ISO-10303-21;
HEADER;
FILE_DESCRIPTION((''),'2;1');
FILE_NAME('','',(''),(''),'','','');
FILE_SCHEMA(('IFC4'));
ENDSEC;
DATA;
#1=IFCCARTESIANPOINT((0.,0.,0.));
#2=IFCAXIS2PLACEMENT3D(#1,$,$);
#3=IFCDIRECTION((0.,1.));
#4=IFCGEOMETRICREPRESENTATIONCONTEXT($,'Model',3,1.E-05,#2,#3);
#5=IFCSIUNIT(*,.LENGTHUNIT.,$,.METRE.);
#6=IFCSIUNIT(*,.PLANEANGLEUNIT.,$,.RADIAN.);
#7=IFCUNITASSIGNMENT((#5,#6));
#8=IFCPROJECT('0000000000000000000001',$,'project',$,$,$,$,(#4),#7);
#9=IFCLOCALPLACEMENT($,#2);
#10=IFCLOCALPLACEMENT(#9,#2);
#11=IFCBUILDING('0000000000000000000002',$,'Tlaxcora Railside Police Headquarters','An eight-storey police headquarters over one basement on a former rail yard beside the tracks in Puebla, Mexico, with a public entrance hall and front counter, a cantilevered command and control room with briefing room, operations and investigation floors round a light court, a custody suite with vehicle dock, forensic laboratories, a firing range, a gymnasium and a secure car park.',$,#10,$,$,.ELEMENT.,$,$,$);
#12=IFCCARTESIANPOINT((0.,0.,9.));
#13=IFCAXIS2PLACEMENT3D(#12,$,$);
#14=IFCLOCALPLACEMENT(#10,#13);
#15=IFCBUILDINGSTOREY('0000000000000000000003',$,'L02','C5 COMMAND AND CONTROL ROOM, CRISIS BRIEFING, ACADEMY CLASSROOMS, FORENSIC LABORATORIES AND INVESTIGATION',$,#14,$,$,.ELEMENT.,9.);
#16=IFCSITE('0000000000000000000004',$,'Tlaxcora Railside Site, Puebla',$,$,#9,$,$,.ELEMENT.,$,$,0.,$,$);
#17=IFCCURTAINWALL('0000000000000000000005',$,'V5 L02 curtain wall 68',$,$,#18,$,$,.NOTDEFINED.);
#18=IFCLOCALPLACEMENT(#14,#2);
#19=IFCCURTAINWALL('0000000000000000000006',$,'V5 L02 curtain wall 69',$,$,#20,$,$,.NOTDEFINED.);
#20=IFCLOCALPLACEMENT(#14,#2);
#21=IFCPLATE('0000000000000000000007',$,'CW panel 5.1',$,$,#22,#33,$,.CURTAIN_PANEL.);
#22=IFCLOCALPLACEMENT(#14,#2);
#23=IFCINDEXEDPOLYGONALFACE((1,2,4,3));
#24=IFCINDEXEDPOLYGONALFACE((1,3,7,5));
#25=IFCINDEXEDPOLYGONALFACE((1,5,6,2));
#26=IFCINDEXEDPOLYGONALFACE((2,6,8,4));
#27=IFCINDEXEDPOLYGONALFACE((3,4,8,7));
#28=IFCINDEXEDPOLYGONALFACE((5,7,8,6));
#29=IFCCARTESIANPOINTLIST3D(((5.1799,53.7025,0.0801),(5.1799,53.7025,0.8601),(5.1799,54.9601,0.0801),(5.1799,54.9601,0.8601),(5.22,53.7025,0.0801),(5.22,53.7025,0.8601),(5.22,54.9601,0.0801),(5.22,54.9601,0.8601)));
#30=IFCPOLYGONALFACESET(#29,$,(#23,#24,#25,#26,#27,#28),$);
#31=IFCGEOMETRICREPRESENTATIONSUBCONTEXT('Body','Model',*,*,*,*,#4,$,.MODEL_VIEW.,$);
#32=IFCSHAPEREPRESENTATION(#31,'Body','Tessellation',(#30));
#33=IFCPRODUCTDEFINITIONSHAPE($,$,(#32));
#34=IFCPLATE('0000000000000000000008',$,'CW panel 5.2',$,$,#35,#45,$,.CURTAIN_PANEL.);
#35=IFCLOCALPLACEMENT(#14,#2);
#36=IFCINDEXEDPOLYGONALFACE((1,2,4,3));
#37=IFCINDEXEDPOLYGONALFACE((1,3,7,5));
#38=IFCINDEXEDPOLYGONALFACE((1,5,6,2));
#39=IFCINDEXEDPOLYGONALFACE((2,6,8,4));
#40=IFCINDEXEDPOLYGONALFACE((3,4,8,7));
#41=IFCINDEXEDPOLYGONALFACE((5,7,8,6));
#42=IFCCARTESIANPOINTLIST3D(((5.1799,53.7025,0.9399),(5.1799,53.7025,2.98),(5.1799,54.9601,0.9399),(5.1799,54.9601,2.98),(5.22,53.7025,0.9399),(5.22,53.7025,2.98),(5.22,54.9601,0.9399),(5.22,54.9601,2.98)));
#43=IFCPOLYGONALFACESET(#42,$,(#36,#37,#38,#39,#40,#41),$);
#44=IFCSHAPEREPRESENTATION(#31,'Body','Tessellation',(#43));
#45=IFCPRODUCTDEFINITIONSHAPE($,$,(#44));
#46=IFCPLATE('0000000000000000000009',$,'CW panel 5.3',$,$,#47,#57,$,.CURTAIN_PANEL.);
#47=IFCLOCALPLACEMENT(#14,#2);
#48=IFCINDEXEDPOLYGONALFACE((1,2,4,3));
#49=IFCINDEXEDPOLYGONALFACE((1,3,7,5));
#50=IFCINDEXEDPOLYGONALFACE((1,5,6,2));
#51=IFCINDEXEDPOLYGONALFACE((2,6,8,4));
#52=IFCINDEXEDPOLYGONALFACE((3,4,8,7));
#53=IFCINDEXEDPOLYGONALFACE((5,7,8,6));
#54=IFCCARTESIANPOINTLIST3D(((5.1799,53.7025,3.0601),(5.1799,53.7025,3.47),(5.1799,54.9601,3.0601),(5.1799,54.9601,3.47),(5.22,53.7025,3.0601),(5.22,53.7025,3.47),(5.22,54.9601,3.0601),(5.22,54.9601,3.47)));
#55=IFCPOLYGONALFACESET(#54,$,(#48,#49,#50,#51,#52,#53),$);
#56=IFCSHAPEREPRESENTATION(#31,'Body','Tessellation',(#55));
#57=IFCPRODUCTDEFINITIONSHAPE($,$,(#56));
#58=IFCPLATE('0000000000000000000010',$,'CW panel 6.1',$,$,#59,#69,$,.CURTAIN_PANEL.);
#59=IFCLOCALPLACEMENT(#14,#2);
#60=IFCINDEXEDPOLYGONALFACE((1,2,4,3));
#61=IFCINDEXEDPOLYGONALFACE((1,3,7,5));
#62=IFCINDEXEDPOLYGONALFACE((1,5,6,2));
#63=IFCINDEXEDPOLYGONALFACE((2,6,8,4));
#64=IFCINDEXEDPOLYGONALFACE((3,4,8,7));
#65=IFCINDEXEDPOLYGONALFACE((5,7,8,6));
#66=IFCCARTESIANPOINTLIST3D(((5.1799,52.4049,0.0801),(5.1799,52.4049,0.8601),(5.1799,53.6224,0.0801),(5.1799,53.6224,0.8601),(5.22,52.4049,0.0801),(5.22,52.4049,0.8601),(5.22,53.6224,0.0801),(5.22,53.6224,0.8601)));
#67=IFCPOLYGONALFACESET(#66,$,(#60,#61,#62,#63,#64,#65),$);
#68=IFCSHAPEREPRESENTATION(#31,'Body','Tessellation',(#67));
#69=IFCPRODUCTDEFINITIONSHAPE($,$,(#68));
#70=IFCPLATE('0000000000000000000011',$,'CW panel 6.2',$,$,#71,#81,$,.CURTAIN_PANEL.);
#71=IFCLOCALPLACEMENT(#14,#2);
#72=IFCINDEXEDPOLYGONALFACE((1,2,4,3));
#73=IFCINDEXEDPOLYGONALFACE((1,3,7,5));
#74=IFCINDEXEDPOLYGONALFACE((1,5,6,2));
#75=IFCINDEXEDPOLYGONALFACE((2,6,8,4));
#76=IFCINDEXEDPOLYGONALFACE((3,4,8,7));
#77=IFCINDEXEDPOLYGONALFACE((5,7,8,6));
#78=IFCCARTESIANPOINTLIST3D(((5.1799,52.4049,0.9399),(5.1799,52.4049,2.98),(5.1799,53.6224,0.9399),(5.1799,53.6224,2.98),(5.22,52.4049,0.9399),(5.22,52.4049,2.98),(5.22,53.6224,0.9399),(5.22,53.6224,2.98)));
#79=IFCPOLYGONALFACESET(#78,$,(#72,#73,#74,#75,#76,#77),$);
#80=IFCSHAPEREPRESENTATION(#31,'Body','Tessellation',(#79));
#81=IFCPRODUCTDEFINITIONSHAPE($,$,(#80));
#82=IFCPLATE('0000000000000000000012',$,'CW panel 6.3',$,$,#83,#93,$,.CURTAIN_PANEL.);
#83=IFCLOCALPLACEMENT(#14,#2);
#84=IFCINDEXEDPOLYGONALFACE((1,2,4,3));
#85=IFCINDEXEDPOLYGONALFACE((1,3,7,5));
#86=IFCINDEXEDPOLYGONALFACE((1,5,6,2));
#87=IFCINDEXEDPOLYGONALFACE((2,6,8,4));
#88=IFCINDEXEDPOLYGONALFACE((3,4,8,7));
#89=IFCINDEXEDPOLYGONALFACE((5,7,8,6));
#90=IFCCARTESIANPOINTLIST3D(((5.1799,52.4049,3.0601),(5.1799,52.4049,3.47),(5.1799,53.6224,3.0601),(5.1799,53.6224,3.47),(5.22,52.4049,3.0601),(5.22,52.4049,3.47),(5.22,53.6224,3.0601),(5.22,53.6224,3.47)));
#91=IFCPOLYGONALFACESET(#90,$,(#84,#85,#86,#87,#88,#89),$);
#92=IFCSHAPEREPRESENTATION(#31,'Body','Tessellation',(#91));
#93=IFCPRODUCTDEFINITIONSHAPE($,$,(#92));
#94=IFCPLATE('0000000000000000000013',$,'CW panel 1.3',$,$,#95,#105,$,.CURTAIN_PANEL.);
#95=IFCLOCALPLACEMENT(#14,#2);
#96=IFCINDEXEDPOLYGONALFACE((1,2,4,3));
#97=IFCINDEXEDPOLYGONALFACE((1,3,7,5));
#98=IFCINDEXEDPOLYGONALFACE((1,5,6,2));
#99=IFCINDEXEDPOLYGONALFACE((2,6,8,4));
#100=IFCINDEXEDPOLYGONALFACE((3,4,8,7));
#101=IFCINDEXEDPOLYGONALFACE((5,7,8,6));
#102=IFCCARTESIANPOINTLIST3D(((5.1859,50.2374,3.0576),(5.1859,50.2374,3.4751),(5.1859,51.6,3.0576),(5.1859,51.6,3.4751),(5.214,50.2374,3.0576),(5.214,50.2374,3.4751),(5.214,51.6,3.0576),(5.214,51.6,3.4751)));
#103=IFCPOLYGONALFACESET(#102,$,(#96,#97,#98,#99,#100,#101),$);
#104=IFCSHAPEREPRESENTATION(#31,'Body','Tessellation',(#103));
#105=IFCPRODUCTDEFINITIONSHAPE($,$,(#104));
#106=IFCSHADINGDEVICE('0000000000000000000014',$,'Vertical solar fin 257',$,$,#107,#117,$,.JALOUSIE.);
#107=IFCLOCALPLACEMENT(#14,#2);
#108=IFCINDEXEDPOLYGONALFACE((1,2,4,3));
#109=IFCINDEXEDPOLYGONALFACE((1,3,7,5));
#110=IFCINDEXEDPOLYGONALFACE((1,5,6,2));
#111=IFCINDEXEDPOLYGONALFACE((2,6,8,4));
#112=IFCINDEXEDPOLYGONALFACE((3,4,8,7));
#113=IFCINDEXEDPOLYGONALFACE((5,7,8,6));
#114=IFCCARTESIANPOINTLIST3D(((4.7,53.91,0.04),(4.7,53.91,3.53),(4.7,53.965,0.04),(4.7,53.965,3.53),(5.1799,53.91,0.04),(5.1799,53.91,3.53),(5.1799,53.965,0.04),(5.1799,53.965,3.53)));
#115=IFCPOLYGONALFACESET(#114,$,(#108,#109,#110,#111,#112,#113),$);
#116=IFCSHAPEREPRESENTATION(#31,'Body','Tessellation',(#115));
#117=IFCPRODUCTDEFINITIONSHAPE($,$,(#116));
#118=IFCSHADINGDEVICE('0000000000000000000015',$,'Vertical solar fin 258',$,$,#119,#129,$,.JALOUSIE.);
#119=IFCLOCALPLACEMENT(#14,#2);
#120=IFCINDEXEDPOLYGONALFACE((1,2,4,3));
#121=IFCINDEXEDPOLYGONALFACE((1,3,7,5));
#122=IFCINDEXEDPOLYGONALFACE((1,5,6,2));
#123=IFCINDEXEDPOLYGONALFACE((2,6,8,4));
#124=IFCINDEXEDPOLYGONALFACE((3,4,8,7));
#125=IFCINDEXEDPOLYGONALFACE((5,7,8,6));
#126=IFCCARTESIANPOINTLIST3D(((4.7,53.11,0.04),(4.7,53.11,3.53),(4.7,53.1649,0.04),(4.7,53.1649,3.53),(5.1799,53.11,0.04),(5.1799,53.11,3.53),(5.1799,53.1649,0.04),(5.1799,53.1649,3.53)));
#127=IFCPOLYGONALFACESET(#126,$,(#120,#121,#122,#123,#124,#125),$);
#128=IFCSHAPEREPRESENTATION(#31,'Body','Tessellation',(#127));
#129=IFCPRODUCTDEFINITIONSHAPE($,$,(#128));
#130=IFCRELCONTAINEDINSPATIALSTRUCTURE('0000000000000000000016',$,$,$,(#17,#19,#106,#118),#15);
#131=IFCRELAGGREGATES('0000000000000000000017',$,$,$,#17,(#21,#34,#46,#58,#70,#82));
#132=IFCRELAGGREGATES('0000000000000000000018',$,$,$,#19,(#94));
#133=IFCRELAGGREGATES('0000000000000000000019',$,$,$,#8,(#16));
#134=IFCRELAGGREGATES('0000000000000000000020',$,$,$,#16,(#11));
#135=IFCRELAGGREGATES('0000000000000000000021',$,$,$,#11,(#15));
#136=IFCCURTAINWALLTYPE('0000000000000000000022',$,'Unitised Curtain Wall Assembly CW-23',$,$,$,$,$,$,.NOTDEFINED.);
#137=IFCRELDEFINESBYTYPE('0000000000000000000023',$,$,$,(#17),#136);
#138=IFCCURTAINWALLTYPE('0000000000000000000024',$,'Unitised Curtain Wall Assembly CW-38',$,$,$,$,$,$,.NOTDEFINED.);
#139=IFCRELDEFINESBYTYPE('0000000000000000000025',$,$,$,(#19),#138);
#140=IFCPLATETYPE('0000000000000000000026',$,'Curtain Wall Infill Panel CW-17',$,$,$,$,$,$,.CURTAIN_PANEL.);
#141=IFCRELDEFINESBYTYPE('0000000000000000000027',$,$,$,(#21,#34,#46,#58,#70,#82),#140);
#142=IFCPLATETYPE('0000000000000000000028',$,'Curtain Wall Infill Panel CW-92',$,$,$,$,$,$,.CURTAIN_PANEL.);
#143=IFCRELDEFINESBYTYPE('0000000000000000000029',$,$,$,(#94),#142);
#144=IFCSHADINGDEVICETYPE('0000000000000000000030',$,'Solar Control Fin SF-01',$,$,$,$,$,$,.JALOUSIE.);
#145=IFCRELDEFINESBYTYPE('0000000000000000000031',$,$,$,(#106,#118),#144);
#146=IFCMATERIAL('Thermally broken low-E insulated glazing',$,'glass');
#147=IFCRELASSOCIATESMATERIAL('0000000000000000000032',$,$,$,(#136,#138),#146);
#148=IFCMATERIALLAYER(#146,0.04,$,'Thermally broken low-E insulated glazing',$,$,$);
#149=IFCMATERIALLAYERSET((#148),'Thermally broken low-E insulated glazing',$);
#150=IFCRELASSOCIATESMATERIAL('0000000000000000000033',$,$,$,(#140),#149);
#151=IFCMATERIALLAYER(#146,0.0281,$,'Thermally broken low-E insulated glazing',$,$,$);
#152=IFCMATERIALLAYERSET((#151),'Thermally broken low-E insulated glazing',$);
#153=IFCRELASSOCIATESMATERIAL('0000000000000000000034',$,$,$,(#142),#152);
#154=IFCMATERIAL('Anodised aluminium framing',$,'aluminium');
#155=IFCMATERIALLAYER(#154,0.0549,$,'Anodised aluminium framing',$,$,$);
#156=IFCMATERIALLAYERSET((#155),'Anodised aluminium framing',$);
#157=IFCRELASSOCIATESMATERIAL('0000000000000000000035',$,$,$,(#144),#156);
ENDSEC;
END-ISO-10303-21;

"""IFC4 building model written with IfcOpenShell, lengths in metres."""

from ifc_helpers import new_model, si_unit, direction, frame, origin, origin_2d, place, context, subcontext, project, spatial, rectangle, extrude, material, layer, layer_set, type_object, element, aggregate, save


model = new_model("IFC4")

# Units and contexts
model_context = context("Model", 3, precision=1e-05, world=origin(), true_north=direction((0.0, 1.0)))
body_context = subcontext(model_context, "Body", "Model", "MODEL_VIEW")
ifc_project = project(units=[si_unit("LENGTHUNIT", "METRE"), si_unit("PLANEANGLEUNIT", "RADIAN")], contexts=[model_context])

# Site, building, storey
site_placement = place(None, origin())
site = spatial("IfcSite", under=ifc_project, at=site_placement, Name="Tlaxcora Railside Site, Puebla", CompositionType="ELEMENT", RefElevation=0.0)
building_placement = place(site_placement, origin())
building = spatial("IfcBuilding", under=site, at=building_placement, Name="Tlaxcora Railside Police Headquarters", Description="An eight-storey police headquarters over one basement on a former rail yard beside the tracks in Puebla, Mexico, with a public entrance hall and front counter, a cantilevered command and control room with briefing room, operations and investigation floors round a light court, a custody suite with vehicle dock, forensic laboratories, a firing range, a gymnasium and a secure car park.", CompositionType="ELEMENT")
storey_placement = place(building_placement, frame((0.0, 0.0, 9.0)))
storey = spatial("IfcBuildingStorey", under=building, at=storey_placement, Name="L02", Description="C5 COMMAND AND CONTROL ROOM, CRISIS BRIEFING, ACADEMY CLASSROOMS, FORENSIC LABORATORIES AND INVESTIGATION", CompositionType="ELEMENT", Elevation=9.0)

# Curtain walls
ifc_material_1 = material(Name="Thermally broken low-E insulated glazing", Category="glass")
curtain_wall_type_1 = type_object("IfcCurtainWallType", Name="Unitised Curtain Wall Assembly CW-23", PredefinedType="NOTDEFINED", material=ifc_material_1)
curtain_wall_1_placement = place(storey_placement, origin())
curtain_wall_1 = element("IfcCurtainWall", 1, at=curtain_wall_1_placement, inside=storey, type_object=curtain_wall_type_1, Name="V5 L02 curtain wall 68", PredefinedType="NOTDEFINED")
ifc_material_2 = material(Name="Anodised aluminium framing", Category="aluminium")
curtain_wall_type_2 = type_object("IfcCurtainWallType", Name="Unitised Curtain Wall Assembly CW-38", PredefinedType="NOTDEFINED", material=ifc_material_1)
curtain_wall_2_placement = place(storey_placement, origin())
curtain_wall_2 = element("IfcCurtainWall", 2, at=curtain_wall_2_placement, inside=storey, type_object=curtain_wall_type_2, Name="V5 L02 curtain wall 69", PredefinedType="NOTDEFINED")

# Plates
ifc_layer_1 = layer(ifc_material_1, 0.04, Name="Thermally broken low-E insulated glazing")
ifc_layer_set_1 = layer_set([ifc_layer_1], Name="Thermally broken low-E insulated glazing")
plate_type_1 = type_object("IfcPlateType", Name="Curtain Wall Infill Panel CW-17", PredefinedType="CURTAIN_PANEL", material=ifc_layer_set_1)
plate_1_placement = place(storey_placement, frame((5.2, 54.3313, 0.0801), z_axis=(0.0, 0.0, 1.0), x_axis=(0.0, -1.0, 0.0)))
plate_1 = element("IfcPlate", 3, at=plate_1_placement, type_object=plate_type_1, Name="CW panel 5.1", PredefinedType="CURTAIN_PANEL", context=body_context, shape_type="SweptSolid", body=[
    extrude(rectangle(XDim=1.2576, YDim=0.04, at=origin_2d()), origin(), (0.0, 0.0, 1.0), 0.78),
])
plate_2_placement = place(storey_placement, frame((5.2, 54.3313, 0.9399), z_axis=(0.0, 0.0, 1.0), x_axis=(0.0, -1.0, 0.0)))
plate_2 = element("IfcPlate", 4, at=plate_2_placement, type_object=plate_type_1, Name="CW panel 5.2", PredefinedType="CURTAIN_PANEL", context=body_context, shape_type="SweptSolid", body=[
    extrude(rectangle(XDim=1.2576, YDim=0.04, at=origin_2d()), origin(), (0.0, 0.0, 1.0), 2.04),
])
plate_3_placement = place(storey_placement, frame((5.2, 54.3313, 3.0601), z_axis=(0.0, 0.0, 1.0), x_axis=(0.0, -1.0, 0.0)))
plate_3 = element("IfcPlate", 5, at=plate_3_placement, type_object=plate_type_1, Name="CW panel 5.3", PredefinedType="CURTAIN_PANEL", context=body_context, shape_type="SweptSolid", body=[
    extrude(rectangle(XDim=1.2576, YDim=0.04, at=origin_2d()), origin(), (0.0, 0.0, 1.0), 0.4099),
])
plate_4_placement = place(storey_placement, frame((5.2, 53.0137, 0.0801), z_axis=(0.0, 0.0, 1.0), x_axis=(0.0, -1.0, 0.0)))
plate_4 = element("IfcPlate", 6, at=plate_4_placement, type_object=plate_type_1, Name="CW panel 6.1", PredefinedType="CURTAIN_PANEL", context=body_context, shape_type="SweptSolid", body=[
    extrude(rectangle(XDim=1.2175, YDim=0.04, at=origin_2d()), origin(), (0.0, 0.0, 1.0), 0.78),
])
plate_5_placement = place(storey_placement, frame((5.2, 53.0137, 0.9399), z_axis=(0.0, 0.0, 1.0), x_axis=(0.0, -1.0, 0.0)))
plate_5 = element("IfcPlate", 7, at=plate_5_placement, type_object=plate_type_1, Name="CW panel 6.2", PredefinedType="CURTAIN_PANEL", context=body_context, shape_type="SweptSolid", body=[
    extrude(rectangle(XDim=1.2175, YDim=0.04, at=origin_2d()), origin(), (0.0, 0.0, 1.0), 2.04),
])
plate_6_placement = place(storey_placement, frame((5.2, 53.0137, 3.0601), z_axis=(0.0, 0.0, 1.0), x_axis=(0.0, -1.0, 0.0)))
plate_6 = element("IfcPlate", 8, at=plate_6_placement, type_object=plate_type_1, Name="CW panel 6.3", PredefinedType="CURTAIN_PANEL", context=body_context, shape_type="SweptSolid", body=[
    extrude(rectangle(XDim=1.2175, YDim=0.04, at=origin_2d()), origin(), (0.0, 0.0, 1.0), 0.4099),
])
aggregate(curtain_wall_1, [plate_1, plate_2, plate_3, plate_4, plate_5, plate_6])
ifc_layer_2 = layer(ifc_material_1, 0.0281, Name="Thermally broken low-E insulated glazing")
ifc_layer_set_2 = layer_set([ifc_layer_2], Name="Thermally broken low-E insulated glazing")
plate_type_2 = type_object("IfcPlateType", Name="Curtain Wall Infill Panel CW-92", PredefinedType="CURTAIN_PANEL", material=ifc_layer_set_2)
plate_7_placement = place(storey_placement, frame((5.2, 50.9187, 3.0576), z_axis=(0.0, 0.0, 1.0), x_axis=(0.0, -1.0, 0.0)))
plate_7 = element("IfcPlate", 9, at=plate_7_placement, type_object=plate_type_2, Name="CW panel 1.3", PredefinedType="CURTAIN_PANEL", context=body_context, shape_type="SweptSolid", body=[
    extrude(rectangle(XDim=1.3625, YDim=0.0281, at=origin_2d()), origin(), (0.0, 0.0, 1.0), 0.4175),
])
aggregate(curtain_wall_2, [plate_7])

# Shading devices
ifc_layer_3 = layer(ifc_material_2, 0.0549, Name="Anodised aluminium framing")
ifc_layer_set_3 = layer_set([ifc_layer_3], Name="Anodised aluminium framing")
shading_device_type = type_object("IfcShadingDeviceType", Name="Solar Control Fin SF-01", PredefinedType="JALOUSIE", material=ifc_layer_set_3)
for number, where, z_axis, x_axis, name in (
    (10, (4.9399, 53.9375, 0.04), (0.0, 0.0, 1.0), (-1.0, 0.0, 0.0), "Vertical solar fin 257"),
    (11, (4.9399, 53.1375, 0.04), (0.0, 0.0, 1.0), (-1.0, 0.0, 0.0), "Vertical solar fin 258"),
):
    element("IfcShadingDevice", number, at=place(storey_placement, frame(where, z_axis=z_axis, x_axis=x_axis)), inside=storey, type_object=shading_device_type, Name=name, PredefinedType="JALOUSIE", context=body_context, shape_type="SweptSolid", body=[
        extrude(rectangle(XDim=0.48, YDim=0.0549, at=origin_2d()), origin(), (0.0, 0.0, 1.0), 3.49),
    ])

save(model, "model.ifc")
